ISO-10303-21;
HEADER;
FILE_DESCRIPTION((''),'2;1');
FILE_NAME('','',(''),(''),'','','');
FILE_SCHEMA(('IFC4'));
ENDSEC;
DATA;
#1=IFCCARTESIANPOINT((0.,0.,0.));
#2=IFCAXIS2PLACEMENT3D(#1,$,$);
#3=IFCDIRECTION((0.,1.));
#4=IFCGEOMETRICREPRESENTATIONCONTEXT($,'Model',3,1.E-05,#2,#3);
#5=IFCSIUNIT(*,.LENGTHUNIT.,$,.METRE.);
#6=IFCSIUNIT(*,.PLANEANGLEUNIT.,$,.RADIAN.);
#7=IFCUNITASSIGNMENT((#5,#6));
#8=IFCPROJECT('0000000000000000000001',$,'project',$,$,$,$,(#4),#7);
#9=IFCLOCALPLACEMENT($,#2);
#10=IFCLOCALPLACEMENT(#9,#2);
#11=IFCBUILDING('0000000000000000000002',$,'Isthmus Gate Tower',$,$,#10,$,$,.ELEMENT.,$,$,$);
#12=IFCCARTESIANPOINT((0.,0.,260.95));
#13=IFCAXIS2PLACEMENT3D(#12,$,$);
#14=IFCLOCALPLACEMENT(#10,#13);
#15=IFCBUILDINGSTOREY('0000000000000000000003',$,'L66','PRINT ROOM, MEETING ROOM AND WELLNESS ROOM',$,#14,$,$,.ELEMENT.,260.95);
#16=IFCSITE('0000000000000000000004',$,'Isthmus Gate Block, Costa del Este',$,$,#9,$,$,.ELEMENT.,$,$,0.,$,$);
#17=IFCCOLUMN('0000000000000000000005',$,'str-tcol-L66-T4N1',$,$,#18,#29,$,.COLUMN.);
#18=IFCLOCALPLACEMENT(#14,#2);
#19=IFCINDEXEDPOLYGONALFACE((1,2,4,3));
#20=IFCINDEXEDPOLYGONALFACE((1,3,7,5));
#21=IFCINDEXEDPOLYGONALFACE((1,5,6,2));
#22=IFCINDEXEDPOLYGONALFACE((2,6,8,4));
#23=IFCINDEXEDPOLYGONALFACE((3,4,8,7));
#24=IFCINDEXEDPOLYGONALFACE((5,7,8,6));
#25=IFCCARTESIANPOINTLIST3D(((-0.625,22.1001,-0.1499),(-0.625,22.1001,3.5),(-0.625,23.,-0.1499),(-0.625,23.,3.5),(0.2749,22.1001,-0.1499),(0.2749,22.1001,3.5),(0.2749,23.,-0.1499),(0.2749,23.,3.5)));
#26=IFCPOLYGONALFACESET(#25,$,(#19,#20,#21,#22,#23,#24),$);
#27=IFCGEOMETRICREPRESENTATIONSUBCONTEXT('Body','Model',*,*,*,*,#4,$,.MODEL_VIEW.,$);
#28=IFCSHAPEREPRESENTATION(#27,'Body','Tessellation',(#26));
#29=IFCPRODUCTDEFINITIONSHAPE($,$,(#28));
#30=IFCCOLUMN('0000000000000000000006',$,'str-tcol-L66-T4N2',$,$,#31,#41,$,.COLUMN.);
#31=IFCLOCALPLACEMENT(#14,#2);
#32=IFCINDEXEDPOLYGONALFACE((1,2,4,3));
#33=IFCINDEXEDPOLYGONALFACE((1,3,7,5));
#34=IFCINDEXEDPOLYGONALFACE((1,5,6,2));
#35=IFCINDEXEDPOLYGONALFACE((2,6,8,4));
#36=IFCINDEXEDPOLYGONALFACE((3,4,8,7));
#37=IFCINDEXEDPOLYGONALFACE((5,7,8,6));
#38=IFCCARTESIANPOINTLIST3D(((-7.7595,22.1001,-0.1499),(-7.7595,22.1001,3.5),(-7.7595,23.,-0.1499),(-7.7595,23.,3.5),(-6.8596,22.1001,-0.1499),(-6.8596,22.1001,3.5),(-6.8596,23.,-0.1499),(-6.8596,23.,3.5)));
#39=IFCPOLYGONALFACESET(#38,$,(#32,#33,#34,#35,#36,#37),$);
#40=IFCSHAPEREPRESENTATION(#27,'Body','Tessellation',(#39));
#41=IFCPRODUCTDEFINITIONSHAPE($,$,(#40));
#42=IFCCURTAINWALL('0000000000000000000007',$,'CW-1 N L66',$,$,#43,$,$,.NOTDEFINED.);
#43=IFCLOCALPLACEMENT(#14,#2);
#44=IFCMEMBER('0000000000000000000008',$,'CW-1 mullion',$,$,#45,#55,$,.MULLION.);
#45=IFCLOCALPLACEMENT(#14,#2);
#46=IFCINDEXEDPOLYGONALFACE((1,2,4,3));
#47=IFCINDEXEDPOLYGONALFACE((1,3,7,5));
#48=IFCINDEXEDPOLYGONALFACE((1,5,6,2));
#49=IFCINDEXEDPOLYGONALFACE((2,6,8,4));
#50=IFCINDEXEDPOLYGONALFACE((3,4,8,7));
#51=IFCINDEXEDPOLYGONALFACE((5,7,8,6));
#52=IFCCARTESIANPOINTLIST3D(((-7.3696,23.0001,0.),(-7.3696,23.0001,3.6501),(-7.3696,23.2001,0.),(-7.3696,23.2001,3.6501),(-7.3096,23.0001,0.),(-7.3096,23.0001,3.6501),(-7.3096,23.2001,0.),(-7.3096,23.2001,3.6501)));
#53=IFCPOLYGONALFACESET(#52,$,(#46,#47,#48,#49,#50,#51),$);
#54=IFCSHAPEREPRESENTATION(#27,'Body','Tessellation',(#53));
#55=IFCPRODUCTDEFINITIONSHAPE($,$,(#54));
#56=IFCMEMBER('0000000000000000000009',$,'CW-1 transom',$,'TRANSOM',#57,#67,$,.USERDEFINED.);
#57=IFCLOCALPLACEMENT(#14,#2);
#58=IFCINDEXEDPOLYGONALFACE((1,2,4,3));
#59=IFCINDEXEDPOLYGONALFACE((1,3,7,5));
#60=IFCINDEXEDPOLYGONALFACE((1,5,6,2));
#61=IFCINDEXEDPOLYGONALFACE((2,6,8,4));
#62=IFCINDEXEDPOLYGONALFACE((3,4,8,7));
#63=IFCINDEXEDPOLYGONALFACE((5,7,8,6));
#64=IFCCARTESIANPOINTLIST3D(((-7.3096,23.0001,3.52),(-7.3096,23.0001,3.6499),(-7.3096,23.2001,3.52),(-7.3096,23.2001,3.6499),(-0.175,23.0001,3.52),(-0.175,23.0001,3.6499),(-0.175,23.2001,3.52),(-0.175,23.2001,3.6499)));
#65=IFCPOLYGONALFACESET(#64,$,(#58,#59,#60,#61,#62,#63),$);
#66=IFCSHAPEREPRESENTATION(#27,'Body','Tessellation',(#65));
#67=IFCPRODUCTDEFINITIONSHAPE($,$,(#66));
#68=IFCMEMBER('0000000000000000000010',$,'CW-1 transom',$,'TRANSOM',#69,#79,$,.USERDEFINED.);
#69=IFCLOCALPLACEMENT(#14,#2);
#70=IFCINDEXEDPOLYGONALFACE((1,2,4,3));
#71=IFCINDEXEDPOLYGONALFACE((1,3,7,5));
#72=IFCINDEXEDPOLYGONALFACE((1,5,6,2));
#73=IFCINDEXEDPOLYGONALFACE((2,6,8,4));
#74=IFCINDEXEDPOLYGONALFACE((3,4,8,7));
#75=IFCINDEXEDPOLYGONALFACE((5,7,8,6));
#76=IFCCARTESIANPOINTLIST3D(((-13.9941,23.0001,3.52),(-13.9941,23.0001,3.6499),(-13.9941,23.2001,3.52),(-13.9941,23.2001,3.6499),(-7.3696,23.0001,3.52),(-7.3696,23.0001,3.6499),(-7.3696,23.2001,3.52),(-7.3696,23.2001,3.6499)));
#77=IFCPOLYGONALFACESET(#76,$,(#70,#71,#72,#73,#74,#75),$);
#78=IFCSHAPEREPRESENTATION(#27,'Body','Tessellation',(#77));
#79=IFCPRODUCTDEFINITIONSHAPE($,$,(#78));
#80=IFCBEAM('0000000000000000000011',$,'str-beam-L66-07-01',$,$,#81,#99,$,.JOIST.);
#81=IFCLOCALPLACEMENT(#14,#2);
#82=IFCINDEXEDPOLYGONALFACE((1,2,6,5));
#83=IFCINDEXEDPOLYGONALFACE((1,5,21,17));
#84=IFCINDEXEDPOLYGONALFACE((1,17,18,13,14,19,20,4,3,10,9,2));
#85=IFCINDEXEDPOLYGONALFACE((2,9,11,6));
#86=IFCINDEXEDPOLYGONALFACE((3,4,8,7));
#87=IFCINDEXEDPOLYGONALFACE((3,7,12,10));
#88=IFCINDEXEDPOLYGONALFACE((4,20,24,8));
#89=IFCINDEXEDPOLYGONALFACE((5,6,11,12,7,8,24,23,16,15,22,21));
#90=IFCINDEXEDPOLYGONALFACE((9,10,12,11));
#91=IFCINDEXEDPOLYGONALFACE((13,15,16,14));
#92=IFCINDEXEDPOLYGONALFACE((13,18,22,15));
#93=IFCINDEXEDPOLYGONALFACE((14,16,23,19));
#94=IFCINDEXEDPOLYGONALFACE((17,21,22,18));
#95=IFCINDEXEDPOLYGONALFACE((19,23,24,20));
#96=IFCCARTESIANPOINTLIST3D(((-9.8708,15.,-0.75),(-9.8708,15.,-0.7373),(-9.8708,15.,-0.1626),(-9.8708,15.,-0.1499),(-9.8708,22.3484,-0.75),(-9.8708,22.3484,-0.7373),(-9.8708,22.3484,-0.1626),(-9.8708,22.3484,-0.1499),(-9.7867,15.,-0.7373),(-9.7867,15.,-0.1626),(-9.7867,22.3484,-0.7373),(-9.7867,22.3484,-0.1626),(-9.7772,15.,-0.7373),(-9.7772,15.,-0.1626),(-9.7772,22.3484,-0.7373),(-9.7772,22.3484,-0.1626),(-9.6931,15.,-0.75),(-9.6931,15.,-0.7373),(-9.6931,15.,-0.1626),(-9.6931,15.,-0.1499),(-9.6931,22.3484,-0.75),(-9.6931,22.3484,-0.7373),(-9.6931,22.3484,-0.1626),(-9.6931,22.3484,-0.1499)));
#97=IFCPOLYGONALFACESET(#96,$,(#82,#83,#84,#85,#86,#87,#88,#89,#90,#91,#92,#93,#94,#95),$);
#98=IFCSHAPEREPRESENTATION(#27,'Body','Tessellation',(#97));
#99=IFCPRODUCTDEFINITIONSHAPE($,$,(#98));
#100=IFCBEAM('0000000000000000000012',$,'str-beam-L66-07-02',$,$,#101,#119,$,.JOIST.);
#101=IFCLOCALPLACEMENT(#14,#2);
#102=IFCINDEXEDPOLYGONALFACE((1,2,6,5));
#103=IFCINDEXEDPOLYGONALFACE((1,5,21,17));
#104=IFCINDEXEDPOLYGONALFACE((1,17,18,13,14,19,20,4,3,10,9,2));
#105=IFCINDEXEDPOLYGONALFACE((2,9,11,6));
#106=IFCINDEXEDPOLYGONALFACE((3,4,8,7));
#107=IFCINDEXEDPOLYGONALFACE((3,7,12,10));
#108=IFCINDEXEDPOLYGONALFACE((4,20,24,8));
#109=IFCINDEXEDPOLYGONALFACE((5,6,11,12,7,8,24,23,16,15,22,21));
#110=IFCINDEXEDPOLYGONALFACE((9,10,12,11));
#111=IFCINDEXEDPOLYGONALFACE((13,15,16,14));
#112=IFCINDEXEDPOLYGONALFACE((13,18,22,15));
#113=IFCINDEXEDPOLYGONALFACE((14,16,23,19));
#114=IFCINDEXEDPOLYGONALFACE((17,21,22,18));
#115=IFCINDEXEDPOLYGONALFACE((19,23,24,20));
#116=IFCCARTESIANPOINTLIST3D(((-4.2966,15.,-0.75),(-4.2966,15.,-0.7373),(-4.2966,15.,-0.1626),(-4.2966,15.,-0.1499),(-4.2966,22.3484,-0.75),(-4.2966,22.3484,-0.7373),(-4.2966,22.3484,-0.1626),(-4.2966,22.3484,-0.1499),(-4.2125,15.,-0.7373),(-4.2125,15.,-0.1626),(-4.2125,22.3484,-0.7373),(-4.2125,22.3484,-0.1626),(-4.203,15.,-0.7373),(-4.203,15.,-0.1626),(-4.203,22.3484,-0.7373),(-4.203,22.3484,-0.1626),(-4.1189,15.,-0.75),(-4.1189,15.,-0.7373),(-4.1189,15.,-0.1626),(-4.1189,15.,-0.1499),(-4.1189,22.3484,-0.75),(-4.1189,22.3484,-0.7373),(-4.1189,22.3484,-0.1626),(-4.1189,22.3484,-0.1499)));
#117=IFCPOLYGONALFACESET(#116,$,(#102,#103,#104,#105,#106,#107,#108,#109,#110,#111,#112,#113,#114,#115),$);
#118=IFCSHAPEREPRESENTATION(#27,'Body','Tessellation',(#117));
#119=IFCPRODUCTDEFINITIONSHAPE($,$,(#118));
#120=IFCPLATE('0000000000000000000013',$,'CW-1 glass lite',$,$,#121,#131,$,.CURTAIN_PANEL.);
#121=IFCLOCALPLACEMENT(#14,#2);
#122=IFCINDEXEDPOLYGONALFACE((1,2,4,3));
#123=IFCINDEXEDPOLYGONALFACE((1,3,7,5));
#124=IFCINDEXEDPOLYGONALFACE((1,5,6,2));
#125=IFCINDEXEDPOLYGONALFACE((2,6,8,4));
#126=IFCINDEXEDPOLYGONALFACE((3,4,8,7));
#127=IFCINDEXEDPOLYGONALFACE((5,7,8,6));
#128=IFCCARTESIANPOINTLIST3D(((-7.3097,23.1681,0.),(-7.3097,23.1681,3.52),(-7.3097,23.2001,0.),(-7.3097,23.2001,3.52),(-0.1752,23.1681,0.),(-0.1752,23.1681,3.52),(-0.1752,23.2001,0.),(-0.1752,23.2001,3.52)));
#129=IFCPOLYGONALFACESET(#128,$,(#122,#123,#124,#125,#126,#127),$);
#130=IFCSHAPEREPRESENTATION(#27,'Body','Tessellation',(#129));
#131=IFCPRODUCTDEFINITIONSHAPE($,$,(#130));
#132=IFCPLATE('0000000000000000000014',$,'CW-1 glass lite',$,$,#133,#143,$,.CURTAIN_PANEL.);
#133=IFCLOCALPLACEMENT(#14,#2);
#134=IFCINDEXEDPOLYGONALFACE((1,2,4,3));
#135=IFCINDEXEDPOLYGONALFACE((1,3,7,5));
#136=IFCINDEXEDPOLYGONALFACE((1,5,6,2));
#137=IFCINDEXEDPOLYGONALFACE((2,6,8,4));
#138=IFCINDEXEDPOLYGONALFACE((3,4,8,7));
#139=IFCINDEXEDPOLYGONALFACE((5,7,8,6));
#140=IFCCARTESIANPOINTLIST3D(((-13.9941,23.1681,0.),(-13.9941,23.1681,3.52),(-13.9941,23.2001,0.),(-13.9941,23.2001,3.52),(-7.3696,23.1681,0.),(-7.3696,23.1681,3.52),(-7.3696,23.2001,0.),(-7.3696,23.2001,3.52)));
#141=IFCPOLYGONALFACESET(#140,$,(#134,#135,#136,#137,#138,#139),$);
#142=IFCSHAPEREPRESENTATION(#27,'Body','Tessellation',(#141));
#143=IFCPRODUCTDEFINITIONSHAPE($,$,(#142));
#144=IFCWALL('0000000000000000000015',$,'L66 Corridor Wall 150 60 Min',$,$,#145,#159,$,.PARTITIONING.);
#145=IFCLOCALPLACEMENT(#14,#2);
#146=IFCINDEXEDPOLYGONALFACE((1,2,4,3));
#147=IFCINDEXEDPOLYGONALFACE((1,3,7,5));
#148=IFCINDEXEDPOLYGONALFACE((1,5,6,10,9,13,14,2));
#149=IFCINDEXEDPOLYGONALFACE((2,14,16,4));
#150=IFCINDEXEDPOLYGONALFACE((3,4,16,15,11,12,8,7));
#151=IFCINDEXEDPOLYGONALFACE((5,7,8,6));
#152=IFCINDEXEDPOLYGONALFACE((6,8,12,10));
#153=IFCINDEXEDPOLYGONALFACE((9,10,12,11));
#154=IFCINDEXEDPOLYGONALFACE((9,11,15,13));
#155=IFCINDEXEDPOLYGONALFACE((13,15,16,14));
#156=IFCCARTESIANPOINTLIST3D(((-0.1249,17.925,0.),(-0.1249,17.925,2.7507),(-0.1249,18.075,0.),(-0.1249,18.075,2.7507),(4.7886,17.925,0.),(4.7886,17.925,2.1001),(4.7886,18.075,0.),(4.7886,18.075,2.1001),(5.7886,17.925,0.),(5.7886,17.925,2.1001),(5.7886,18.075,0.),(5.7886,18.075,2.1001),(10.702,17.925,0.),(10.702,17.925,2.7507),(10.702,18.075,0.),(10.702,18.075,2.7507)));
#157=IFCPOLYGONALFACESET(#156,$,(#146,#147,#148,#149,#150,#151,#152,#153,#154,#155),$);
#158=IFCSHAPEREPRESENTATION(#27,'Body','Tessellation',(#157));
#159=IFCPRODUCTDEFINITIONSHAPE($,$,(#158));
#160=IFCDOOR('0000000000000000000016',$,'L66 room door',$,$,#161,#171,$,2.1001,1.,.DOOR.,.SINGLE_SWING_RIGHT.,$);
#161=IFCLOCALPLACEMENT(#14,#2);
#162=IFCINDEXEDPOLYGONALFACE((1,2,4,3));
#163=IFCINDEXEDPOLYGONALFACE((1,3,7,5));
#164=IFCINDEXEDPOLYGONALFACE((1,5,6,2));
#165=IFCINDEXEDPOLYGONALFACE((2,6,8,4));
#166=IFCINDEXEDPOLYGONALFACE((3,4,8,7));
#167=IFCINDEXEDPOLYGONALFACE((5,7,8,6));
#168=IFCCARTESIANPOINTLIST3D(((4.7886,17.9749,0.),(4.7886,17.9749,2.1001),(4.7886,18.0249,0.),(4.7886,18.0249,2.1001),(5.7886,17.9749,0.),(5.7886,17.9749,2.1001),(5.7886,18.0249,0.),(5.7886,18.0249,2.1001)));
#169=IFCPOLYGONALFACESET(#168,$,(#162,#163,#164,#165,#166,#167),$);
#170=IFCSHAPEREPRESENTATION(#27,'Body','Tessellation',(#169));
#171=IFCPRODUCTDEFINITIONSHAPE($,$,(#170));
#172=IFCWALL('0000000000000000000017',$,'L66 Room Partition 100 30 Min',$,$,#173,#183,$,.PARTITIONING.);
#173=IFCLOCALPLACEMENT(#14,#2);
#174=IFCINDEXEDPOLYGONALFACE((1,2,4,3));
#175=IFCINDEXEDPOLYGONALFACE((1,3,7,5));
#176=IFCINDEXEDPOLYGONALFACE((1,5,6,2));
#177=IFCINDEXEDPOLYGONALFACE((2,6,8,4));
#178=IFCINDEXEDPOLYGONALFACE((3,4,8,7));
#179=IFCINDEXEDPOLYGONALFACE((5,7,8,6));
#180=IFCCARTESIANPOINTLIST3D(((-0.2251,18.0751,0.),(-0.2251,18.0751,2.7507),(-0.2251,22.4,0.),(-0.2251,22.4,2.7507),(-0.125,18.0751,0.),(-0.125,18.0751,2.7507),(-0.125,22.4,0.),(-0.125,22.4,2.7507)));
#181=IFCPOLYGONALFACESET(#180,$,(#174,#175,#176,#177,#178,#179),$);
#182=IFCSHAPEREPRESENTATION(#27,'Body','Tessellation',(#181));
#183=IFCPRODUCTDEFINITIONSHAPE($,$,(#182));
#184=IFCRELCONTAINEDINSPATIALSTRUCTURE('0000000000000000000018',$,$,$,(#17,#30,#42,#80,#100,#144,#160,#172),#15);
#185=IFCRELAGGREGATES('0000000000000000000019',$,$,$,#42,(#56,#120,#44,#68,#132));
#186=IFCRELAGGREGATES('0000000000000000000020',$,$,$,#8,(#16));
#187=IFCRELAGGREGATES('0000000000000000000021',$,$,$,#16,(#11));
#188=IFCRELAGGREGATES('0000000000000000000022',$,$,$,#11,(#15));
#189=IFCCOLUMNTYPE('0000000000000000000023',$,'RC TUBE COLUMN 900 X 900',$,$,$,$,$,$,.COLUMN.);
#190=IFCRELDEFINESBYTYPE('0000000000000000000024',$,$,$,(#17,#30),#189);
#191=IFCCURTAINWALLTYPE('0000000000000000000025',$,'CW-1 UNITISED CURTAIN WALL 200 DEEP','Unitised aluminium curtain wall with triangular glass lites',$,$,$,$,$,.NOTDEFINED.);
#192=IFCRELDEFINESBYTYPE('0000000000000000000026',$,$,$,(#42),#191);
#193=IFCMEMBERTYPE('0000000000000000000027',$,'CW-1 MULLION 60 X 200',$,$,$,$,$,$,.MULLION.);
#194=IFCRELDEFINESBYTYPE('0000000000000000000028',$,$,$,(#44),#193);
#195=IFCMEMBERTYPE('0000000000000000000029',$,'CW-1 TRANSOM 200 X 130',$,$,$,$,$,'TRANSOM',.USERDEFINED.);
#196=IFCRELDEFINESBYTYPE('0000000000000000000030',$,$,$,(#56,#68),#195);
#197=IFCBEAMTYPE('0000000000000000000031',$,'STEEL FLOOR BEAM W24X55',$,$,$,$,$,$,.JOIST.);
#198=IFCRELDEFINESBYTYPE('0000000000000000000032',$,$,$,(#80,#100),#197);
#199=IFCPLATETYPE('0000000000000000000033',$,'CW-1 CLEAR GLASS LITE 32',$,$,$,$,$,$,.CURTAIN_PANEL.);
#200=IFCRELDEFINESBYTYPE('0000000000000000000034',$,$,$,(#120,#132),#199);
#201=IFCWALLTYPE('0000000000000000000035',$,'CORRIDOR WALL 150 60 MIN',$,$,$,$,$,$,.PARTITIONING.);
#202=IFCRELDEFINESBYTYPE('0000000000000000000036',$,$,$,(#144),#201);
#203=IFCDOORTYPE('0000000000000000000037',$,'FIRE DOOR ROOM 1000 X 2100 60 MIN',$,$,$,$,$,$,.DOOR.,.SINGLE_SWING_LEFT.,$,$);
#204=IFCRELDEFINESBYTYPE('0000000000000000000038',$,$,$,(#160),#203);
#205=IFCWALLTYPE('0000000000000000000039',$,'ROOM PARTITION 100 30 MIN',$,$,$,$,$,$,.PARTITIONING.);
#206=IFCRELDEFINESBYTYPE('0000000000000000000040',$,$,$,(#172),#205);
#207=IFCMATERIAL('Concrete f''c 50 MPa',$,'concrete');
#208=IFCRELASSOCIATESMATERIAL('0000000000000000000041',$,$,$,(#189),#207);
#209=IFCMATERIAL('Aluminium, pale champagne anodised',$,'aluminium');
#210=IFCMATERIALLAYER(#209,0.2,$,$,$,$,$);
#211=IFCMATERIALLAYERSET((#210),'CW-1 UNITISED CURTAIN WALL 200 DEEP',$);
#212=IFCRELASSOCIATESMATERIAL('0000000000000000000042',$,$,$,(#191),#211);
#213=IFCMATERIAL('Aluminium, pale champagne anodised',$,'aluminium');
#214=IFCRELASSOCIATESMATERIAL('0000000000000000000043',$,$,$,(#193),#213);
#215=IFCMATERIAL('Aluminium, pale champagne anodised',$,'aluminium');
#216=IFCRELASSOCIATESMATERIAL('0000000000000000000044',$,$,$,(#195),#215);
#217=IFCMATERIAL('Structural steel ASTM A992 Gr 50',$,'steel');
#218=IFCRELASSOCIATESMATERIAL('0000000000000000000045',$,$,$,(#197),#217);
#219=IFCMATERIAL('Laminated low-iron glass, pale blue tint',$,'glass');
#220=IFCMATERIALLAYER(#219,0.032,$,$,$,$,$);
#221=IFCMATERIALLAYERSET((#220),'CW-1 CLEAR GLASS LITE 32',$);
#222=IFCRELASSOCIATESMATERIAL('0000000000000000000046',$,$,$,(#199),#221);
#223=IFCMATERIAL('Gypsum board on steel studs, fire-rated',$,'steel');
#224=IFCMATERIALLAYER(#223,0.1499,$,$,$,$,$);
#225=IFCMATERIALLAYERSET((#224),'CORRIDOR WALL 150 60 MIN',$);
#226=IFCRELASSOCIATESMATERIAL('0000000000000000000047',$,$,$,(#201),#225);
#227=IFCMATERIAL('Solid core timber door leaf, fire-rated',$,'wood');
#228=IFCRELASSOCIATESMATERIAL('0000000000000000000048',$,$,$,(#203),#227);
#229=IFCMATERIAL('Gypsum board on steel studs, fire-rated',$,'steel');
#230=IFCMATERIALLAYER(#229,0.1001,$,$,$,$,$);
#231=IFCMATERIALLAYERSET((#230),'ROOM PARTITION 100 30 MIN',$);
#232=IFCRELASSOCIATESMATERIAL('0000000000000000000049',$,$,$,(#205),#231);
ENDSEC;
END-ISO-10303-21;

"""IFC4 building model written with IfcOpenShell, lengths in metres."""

from ifc_helpers import new_model, si_unit, direction, frame, frame_2d, origin, origin_2d, place, context, subcontext, project, spatial, rectangle, i_section, extrude, material, layer, layer_set, material_profile, profile_set, type_object, element, fill, aggregate, save


model = new_model("IFC4")

# Units and contexts
model_context = context("Model", 3, precision=1e-05, world=origin(), true_north=direction((0.0, 1.0)))
body_context = subcontext(model_context, "Body", "Model", "MODEL_VIEW")
ifc_project = project(units=[si_unit("LENGTHUNIT", "METRE"), si_unit("PLANEANGLEUNIT", "RADIAN")], contexts=[model_context])

# Site, building, storey
site_placement = place(None, origin())
site = spatial("IfcSite", under=ifc_project, at=site_placement, Name="Isthmus Gate Block, Costa del Este", CompositionType="ELEMENT", RefElevation=0.0)
building_placement = place(site_placement, origin())
building = spatial("IfcBuilding", under=site, at=building_placement, Name="Isthmus Gate Tower", CompositionType="ELEMENT")
storey_placement = place(building_placement, frame((0.0, 0.0, 260.95)))
storey = spatial("IfcBuildingStorey", under=building, at=storey_placement, Name="L66", Description="PRINT ROOM, MEETING ROOM AND WELLNESS ROOM", CompositionType="ELEMENT", Elevation=260.95)

# Columns
ifc_material_1 = material(Name="Concrete f'c 50 MPa", Category="concrete")
ifc_material_profile_1 = material_profile(ifc_material_1, rectangle(XDim=0.8999, YDim=0.8999, at=origin_2d()), Name="RC 900X900")
ifc_profile_set_1 = profile_set([ifc_material_profile_1], Name="Concrete f'c 50 MPa")
column_type = type_object("IfcColumnType", Name="RC TUBE COLUMN 900 X 900", PredefinedType="COLUMN", material=ifc_profile_set_1)
for number, where, z_axis, x_axis, name in (
    (1, (-0.175, 22.55, -0.1499), (0.0, 0.0, 1.0), (-1.0, 0.0, 0.0), "str-tcol-L66-T4N1"),
    (2, (-7.3096, 22.55, -0.1499), (0.0, 0.0, 1.0), (-1.0, 0.0, 0.0), "str-tcol-L66-T4N2"),
):
    element("IfcColumn", number, at=place(storey_placement, frame(where, z_axis=z_axis, x_axis=x_axis)), inside=storey, type_object=column_type, Name=name, PredefinedType="COLUMN", context=body_context, shape_type="SweptSolid", body=[
        extrude(rectangle(XDim=0.8999, YDim=0.8999, at=origin_2d()), origin(), (0.0, 0.0, 1.0), 3.6499),
    ])

# Curtain wall, members
ifc_material_2 = material(Name="Aluminium, pale champagne anodised", Category="aluminium")
ifc_layer_1 = layer(ifc_material_2, 0.2)
ifc_layer_set_1 = layer_set([ifc_layer_1], Name="CW-1 UNITISED CURTAIN WALL 200 DEEP")
curtain_wall_type = type_object("IfcCurtainWallType", Name="CW-1 UNITISED CURTAIN WALL 200 DEEP", Description="Unitised aluminium curtain wall with triangular glass lites", PredefinedType="NOTDEFINED", material=ifc_layer_set_1)
curtain_wall_placement = place(storey_placement, origin())
curtain_wall = element("IfcCurtainWall", 3, at=curtain_wall_placement, inside=storey, type_object=curtain_wall_type, Name="CW-1 N L66", PredefinedType="NOTDEFINED")
ifc_material_3 = material(Name="Aluminium, pale champagne anodised", Category="aluminium")
ifc_material_profile_2 = material_profile(ifc_material_3, rectangle(XDim=0.0601, YDim=0.2, at=origin_2d()), Name="60x200")
ifc_profile_set_2 = profile_set([ifc_material_profile_2], Name="Aluminium, pale champagne anodised")
member_type_1 = type_object("IfcMemberType", Name="CW-1 MULLION 60 X 200", PredefinedType="MULLION", material=ifc_profile_set_2)
member_1_placement = place(storey_placement, frame((-7.3396, 23.1001, 0.0), z_axis=(0.0, 0.0, 1.0), x_axis=(-1.0, 0.0, 0.0)))
member_1 = element("IfcMember", 4, at=member_1_placement, type_object=member_type_1, Name="CW-1 mullion", PredefinedType="MULLION", context=body_context, shape_type="SweptSolid", body=[
    extrude(rectangle(XDim=0.0601, YDim=0.2, at=origin_2d()), origin(), (0.0, 0.0, 1.0), 3.6501),
])
ifc_material_4 = material(Name="Aluminium, pale champagne anodised", Category="aluminium")
ifc_material_profile_3 = material_profile(ifc_material_4, rectangle(XDim=0.2, YDim=0.1299, at=origin_2d()), Name="200x130")
ifc_profile_set_3 = profile_set([ifc_material_profile_3], Name="Aluminium, pale champagne anodised")
member_type_2 = type_object("IfcMemberType", Name="CW-1 TRANSOM 200 X 130", ElementType="TRANSOM", PredefinedType="USERDEFINED", material=ifc_profile_set_3)
member_2_placement = place(storey_placement, frame((-0.175, 23.1001, 3.585), z_axis=(-1.0, 0.0, 0.0), x_axis=(0.0, -1.0, 0.0)))
member_2 = element("IfcMember", 5, at=member_2_placement, type_object=member_type_2, Name="CW-1 transom", ObjectType="TRANSOM", PredefinedType="USERDEFINED", context=body_context, shape_type="SweptSolid", body=[
    extrude(rectangle(XDim=0.2, YDim=0.1299, at=origin_2d()), origin(), (0.0, 0.0, 1.0), 7.1345),
])
member_3_placement = place(storey_placement, frame((-7.3696, 23.1001, 3.585), z_axis=(-1.0, 0.0, 0.0), x_axis=(0.0, -1.0, 0.0)))
member_3 = element("IfcMember", 6, at=member_3_placement, type_object=member_type_2, Name="CW-1 transom", ObjectType="TRANSOM", PredefinedType="USERDEFINED", context=body_context, shape_type="SweptSolid", body=[
    extrude(rectangle(XDim=0.2, YDim=0.1299, at=origin_2d()), origin(), (0.0, 0.0, 1.0), 6.6245),
])

# Beams
ifc_material_5 = material(Name="Structural steel ASTM A992 Gr 50", Category="steel")
ifc_material_profile_4 = material_profile(ifc_material_5, i_section(OverallWidth=0.1777, OverallDepth=0.6001, WebThickness=0.0095, FlangeThickness=0.0127, at=origin_2d()), Name="W24X55")
ifc_profile_set_4 = profile_set([ifc_material_profile_4], Name="Structural steel ASTM A992 Gr 50")
beam_type = type_object("IfcBeamType", Name="STEEL FLOOR BEAM W24X55", PredefinedType="JOIST", material=ifc_profile_set_4)
for number, where, z_axis, x_axis, name in (
    (7, (-9.782, 15.0, -0.45), (0.0, 1.0, 0.0), (-1.0, 0.0, 0.0), "str-beam-L66-07-01"),
    (8, (-4.2078, 15.0, -0.45), (0.0, 1.0, 0.0), (-1.0, 0.0, 0.0), "str-beam-L66-07-02"),
):
    element("IfcBeam", number, at=place(storey_placement, frame(where, z_axis=z_axis, x_axis=x_axis)), inside=storey, type_object=beam_type, Name=name, PredefinedType="JOIST", context=body_context, shape_type="SweptSolid", body=[
        extrude(i_section(OverallWidth=0.1777, OverallDepth=0.6001, WebThickness=0.0095, FlangeThickness=0.0127, at=origin_2d()), origin(), (0.0, 0.0, 1.0), 7.3484),
    ])

# Plates
ifc_material_6 = material(Name="Laminated low-iron glass, pale blue tint", Category="glass")
ifc_layer_2 = layer(ifc_material_6, 0.032)
ifc_layer_set_2 = layer_set([ifc_layer_2], Name="CW-1 CLEAR GLASS LITE 32")
plate_type = type_object("IfcPlateType", Name="CW-1 CLEAR GLASS LITE 32", PredefinedType="CURTAIN_PANEL", material=ifc_layer_set_2)
plate_1_placement = place(storey_placement, frame((-3.7424, 23.1841, 0.0), z_axis=(0.0, 0.0, 1.0), x_axis=(-1.0, 0.0, 0.0)))
plate_1 = element("IfcPlate", 9, at=plate_1_placement, type_object=plate_type, Name="CW-1 glass lite", PredefinedType="CURTAIN_PANEL", context=body_context, shape_type="SweptSolid", body=[
    extrude(rectangle(XDim=7.1345, YDim=0.032, at=origin_2d()), origin(), (0.0, 0.0, 1.0), 3.52),
])
plate_2_placement = place(storey_placement, frame((-10.6819, 23.1841, 0.0), z_axis=(0.0, 0.0, 1.0), x_axis=(-1.0, 0.0, 0.0)))
plate_2 = element("IfcPlate", 10, at=plate_2_placement, type_object=plate_type, Name="CW-1 glass lite", PredefinedType="CURTAIN_PANEL", context=body_context, shape_type="SweptSolid", body=[
    extrude(rectangle(XDim=6.6245, YDim=0.032, at=origin_2d()), origin(), (0.0, 0.0, 1.0), 3.52),
])
aggregate(curtain_wall, [member_2, plate_1, member_1, member_3, plate_2])

# Wall, opening, door
ifc_material_7 = material(Name="Gypsum board on steel studs, fire-rated", Category="steel")
ifc_layer_3 = layer(ifc_material_7, 0.1499)
ifc_layer_set_3 = layer_set([ifc_layer_3], Name="CORRIDOR WALL 150 60 MIN")
wall_type_1 = type_object("IfcWallType", Name="CORRIDOR WALL 150 60 MIN", PredefinedType="PARTITIONING", material=ifc_layer_set_3)
wall_1_placement = place(storey_placement, frame((-0.125, 18.0, 0.0), z_axis=(0.0, 0.0, 1.0), x_axis=(1.0, 0.0, 0.0)))
wall_1 = element("IfcWall", 11, at=wall_1_placement, inside=storey, type_object=wall_type_1, Name="L66 Corridor Wall 150 60 Min", PredefinedType="PARTITIONING", context=body_context, shape_type="SweptSolid", body=[
    extrude(rectangle(XDim=10.8269, YDim=0.1499, at=frame_2d((5.4136, 0.0))), origin(), (0.0, 0.0, 1.0), 2.7507),
])
opening_placement = place(wall_1_placement, frame((4.9136, 0.0, 0.0)))
opening = element("IfcOpeningElement", 12, at=opening_placement, cuts=wall_1, PredefinedType="OPENING", context=body_context, shape_type="SweptSolid", body=[
    extrude(rectangle(XDim=1.0, YDim=2.1001, at=frame_2d((0.5, 1.05))), frame((0.0, 0.085, 0.0), z_axis=(0.0, -1.0, 0.0), x_axis=(1.0, 0.0, 0.0)), (0.0, 0.0, 1.0), 0.1699),
])
ifc_material_8 = material(Name="Solid core timber door leaf, fire-rated", Category="wood")
door_type = type_object("IfcDoorType", Name="FIRE DOOR ROOM 1000 X 2100 60 MIN", OperationType="SINGLE_SWING_LEFT", PredefinedType="DOOR", material=ifc_material_8)
door_placement = place(opening_placement, origin())
door = element("IfcDoor", 13, at=door_placement, inside=storey, type_object=door_type, Name="L66 room door", OperationType="SINGLE_SWING_RIGHT", OverallHeight=2.1001, OverallWidth=1.0, PredefinedType="DOOR", context=body_context, shape_type="SweptSolid", body=[
    extrude(rectangle(XDim=1.0, YDim=2.1001, at=frame_2d((0.5, 1.05))), frame((0.0, 0.0249, 0.0), z_axis=(0.0, -1.0, 0.0), x_axis=(1.0, 0.0, 0.0)), (0.0, 0.0, 1.0), 0.05),
])
fill(opening, door)

# Wall
ifc_material_9 = material(Name="Gypsum board on steel studs, fire-rated", Category="steel")
ifc_layer_4 = layer(ifc_material_9, 0.1001)
ifc_layer_set_4 = layer_set([ifc_layer_4], Name="ROOM PARTITION 100 30 MIN")
wall_type_2 = type_object("IfcWallType", Name="ROOM PARTITION 100 30 MIN", PredefinedType="PARTITIONING", material=ifc_layer_set_4)
wall_2_placement = place(storey_placement, frame((-0.175, 18.075, 0.0), z_axis=(0.0, 0.0, 1.0), x_axis=(0.0, 1.0, 0.0)))
element("IfcWall", 14, at=wall_2_placement, inside=storey, type_object=wall_type_2, Name="L66 Room Partition 100 30 Min", PredefinedType="PARTITIONING", context=body_context, shape_type="SweptSolid", body=[
    extrude(rectangle(XDim=4.325, YDim=0.1001, at=frame_2d((2.1626, 0.0))), origin(), (0.0, 0.0, 1.0), 2.7507),
])

save(model, "model.ifc")
